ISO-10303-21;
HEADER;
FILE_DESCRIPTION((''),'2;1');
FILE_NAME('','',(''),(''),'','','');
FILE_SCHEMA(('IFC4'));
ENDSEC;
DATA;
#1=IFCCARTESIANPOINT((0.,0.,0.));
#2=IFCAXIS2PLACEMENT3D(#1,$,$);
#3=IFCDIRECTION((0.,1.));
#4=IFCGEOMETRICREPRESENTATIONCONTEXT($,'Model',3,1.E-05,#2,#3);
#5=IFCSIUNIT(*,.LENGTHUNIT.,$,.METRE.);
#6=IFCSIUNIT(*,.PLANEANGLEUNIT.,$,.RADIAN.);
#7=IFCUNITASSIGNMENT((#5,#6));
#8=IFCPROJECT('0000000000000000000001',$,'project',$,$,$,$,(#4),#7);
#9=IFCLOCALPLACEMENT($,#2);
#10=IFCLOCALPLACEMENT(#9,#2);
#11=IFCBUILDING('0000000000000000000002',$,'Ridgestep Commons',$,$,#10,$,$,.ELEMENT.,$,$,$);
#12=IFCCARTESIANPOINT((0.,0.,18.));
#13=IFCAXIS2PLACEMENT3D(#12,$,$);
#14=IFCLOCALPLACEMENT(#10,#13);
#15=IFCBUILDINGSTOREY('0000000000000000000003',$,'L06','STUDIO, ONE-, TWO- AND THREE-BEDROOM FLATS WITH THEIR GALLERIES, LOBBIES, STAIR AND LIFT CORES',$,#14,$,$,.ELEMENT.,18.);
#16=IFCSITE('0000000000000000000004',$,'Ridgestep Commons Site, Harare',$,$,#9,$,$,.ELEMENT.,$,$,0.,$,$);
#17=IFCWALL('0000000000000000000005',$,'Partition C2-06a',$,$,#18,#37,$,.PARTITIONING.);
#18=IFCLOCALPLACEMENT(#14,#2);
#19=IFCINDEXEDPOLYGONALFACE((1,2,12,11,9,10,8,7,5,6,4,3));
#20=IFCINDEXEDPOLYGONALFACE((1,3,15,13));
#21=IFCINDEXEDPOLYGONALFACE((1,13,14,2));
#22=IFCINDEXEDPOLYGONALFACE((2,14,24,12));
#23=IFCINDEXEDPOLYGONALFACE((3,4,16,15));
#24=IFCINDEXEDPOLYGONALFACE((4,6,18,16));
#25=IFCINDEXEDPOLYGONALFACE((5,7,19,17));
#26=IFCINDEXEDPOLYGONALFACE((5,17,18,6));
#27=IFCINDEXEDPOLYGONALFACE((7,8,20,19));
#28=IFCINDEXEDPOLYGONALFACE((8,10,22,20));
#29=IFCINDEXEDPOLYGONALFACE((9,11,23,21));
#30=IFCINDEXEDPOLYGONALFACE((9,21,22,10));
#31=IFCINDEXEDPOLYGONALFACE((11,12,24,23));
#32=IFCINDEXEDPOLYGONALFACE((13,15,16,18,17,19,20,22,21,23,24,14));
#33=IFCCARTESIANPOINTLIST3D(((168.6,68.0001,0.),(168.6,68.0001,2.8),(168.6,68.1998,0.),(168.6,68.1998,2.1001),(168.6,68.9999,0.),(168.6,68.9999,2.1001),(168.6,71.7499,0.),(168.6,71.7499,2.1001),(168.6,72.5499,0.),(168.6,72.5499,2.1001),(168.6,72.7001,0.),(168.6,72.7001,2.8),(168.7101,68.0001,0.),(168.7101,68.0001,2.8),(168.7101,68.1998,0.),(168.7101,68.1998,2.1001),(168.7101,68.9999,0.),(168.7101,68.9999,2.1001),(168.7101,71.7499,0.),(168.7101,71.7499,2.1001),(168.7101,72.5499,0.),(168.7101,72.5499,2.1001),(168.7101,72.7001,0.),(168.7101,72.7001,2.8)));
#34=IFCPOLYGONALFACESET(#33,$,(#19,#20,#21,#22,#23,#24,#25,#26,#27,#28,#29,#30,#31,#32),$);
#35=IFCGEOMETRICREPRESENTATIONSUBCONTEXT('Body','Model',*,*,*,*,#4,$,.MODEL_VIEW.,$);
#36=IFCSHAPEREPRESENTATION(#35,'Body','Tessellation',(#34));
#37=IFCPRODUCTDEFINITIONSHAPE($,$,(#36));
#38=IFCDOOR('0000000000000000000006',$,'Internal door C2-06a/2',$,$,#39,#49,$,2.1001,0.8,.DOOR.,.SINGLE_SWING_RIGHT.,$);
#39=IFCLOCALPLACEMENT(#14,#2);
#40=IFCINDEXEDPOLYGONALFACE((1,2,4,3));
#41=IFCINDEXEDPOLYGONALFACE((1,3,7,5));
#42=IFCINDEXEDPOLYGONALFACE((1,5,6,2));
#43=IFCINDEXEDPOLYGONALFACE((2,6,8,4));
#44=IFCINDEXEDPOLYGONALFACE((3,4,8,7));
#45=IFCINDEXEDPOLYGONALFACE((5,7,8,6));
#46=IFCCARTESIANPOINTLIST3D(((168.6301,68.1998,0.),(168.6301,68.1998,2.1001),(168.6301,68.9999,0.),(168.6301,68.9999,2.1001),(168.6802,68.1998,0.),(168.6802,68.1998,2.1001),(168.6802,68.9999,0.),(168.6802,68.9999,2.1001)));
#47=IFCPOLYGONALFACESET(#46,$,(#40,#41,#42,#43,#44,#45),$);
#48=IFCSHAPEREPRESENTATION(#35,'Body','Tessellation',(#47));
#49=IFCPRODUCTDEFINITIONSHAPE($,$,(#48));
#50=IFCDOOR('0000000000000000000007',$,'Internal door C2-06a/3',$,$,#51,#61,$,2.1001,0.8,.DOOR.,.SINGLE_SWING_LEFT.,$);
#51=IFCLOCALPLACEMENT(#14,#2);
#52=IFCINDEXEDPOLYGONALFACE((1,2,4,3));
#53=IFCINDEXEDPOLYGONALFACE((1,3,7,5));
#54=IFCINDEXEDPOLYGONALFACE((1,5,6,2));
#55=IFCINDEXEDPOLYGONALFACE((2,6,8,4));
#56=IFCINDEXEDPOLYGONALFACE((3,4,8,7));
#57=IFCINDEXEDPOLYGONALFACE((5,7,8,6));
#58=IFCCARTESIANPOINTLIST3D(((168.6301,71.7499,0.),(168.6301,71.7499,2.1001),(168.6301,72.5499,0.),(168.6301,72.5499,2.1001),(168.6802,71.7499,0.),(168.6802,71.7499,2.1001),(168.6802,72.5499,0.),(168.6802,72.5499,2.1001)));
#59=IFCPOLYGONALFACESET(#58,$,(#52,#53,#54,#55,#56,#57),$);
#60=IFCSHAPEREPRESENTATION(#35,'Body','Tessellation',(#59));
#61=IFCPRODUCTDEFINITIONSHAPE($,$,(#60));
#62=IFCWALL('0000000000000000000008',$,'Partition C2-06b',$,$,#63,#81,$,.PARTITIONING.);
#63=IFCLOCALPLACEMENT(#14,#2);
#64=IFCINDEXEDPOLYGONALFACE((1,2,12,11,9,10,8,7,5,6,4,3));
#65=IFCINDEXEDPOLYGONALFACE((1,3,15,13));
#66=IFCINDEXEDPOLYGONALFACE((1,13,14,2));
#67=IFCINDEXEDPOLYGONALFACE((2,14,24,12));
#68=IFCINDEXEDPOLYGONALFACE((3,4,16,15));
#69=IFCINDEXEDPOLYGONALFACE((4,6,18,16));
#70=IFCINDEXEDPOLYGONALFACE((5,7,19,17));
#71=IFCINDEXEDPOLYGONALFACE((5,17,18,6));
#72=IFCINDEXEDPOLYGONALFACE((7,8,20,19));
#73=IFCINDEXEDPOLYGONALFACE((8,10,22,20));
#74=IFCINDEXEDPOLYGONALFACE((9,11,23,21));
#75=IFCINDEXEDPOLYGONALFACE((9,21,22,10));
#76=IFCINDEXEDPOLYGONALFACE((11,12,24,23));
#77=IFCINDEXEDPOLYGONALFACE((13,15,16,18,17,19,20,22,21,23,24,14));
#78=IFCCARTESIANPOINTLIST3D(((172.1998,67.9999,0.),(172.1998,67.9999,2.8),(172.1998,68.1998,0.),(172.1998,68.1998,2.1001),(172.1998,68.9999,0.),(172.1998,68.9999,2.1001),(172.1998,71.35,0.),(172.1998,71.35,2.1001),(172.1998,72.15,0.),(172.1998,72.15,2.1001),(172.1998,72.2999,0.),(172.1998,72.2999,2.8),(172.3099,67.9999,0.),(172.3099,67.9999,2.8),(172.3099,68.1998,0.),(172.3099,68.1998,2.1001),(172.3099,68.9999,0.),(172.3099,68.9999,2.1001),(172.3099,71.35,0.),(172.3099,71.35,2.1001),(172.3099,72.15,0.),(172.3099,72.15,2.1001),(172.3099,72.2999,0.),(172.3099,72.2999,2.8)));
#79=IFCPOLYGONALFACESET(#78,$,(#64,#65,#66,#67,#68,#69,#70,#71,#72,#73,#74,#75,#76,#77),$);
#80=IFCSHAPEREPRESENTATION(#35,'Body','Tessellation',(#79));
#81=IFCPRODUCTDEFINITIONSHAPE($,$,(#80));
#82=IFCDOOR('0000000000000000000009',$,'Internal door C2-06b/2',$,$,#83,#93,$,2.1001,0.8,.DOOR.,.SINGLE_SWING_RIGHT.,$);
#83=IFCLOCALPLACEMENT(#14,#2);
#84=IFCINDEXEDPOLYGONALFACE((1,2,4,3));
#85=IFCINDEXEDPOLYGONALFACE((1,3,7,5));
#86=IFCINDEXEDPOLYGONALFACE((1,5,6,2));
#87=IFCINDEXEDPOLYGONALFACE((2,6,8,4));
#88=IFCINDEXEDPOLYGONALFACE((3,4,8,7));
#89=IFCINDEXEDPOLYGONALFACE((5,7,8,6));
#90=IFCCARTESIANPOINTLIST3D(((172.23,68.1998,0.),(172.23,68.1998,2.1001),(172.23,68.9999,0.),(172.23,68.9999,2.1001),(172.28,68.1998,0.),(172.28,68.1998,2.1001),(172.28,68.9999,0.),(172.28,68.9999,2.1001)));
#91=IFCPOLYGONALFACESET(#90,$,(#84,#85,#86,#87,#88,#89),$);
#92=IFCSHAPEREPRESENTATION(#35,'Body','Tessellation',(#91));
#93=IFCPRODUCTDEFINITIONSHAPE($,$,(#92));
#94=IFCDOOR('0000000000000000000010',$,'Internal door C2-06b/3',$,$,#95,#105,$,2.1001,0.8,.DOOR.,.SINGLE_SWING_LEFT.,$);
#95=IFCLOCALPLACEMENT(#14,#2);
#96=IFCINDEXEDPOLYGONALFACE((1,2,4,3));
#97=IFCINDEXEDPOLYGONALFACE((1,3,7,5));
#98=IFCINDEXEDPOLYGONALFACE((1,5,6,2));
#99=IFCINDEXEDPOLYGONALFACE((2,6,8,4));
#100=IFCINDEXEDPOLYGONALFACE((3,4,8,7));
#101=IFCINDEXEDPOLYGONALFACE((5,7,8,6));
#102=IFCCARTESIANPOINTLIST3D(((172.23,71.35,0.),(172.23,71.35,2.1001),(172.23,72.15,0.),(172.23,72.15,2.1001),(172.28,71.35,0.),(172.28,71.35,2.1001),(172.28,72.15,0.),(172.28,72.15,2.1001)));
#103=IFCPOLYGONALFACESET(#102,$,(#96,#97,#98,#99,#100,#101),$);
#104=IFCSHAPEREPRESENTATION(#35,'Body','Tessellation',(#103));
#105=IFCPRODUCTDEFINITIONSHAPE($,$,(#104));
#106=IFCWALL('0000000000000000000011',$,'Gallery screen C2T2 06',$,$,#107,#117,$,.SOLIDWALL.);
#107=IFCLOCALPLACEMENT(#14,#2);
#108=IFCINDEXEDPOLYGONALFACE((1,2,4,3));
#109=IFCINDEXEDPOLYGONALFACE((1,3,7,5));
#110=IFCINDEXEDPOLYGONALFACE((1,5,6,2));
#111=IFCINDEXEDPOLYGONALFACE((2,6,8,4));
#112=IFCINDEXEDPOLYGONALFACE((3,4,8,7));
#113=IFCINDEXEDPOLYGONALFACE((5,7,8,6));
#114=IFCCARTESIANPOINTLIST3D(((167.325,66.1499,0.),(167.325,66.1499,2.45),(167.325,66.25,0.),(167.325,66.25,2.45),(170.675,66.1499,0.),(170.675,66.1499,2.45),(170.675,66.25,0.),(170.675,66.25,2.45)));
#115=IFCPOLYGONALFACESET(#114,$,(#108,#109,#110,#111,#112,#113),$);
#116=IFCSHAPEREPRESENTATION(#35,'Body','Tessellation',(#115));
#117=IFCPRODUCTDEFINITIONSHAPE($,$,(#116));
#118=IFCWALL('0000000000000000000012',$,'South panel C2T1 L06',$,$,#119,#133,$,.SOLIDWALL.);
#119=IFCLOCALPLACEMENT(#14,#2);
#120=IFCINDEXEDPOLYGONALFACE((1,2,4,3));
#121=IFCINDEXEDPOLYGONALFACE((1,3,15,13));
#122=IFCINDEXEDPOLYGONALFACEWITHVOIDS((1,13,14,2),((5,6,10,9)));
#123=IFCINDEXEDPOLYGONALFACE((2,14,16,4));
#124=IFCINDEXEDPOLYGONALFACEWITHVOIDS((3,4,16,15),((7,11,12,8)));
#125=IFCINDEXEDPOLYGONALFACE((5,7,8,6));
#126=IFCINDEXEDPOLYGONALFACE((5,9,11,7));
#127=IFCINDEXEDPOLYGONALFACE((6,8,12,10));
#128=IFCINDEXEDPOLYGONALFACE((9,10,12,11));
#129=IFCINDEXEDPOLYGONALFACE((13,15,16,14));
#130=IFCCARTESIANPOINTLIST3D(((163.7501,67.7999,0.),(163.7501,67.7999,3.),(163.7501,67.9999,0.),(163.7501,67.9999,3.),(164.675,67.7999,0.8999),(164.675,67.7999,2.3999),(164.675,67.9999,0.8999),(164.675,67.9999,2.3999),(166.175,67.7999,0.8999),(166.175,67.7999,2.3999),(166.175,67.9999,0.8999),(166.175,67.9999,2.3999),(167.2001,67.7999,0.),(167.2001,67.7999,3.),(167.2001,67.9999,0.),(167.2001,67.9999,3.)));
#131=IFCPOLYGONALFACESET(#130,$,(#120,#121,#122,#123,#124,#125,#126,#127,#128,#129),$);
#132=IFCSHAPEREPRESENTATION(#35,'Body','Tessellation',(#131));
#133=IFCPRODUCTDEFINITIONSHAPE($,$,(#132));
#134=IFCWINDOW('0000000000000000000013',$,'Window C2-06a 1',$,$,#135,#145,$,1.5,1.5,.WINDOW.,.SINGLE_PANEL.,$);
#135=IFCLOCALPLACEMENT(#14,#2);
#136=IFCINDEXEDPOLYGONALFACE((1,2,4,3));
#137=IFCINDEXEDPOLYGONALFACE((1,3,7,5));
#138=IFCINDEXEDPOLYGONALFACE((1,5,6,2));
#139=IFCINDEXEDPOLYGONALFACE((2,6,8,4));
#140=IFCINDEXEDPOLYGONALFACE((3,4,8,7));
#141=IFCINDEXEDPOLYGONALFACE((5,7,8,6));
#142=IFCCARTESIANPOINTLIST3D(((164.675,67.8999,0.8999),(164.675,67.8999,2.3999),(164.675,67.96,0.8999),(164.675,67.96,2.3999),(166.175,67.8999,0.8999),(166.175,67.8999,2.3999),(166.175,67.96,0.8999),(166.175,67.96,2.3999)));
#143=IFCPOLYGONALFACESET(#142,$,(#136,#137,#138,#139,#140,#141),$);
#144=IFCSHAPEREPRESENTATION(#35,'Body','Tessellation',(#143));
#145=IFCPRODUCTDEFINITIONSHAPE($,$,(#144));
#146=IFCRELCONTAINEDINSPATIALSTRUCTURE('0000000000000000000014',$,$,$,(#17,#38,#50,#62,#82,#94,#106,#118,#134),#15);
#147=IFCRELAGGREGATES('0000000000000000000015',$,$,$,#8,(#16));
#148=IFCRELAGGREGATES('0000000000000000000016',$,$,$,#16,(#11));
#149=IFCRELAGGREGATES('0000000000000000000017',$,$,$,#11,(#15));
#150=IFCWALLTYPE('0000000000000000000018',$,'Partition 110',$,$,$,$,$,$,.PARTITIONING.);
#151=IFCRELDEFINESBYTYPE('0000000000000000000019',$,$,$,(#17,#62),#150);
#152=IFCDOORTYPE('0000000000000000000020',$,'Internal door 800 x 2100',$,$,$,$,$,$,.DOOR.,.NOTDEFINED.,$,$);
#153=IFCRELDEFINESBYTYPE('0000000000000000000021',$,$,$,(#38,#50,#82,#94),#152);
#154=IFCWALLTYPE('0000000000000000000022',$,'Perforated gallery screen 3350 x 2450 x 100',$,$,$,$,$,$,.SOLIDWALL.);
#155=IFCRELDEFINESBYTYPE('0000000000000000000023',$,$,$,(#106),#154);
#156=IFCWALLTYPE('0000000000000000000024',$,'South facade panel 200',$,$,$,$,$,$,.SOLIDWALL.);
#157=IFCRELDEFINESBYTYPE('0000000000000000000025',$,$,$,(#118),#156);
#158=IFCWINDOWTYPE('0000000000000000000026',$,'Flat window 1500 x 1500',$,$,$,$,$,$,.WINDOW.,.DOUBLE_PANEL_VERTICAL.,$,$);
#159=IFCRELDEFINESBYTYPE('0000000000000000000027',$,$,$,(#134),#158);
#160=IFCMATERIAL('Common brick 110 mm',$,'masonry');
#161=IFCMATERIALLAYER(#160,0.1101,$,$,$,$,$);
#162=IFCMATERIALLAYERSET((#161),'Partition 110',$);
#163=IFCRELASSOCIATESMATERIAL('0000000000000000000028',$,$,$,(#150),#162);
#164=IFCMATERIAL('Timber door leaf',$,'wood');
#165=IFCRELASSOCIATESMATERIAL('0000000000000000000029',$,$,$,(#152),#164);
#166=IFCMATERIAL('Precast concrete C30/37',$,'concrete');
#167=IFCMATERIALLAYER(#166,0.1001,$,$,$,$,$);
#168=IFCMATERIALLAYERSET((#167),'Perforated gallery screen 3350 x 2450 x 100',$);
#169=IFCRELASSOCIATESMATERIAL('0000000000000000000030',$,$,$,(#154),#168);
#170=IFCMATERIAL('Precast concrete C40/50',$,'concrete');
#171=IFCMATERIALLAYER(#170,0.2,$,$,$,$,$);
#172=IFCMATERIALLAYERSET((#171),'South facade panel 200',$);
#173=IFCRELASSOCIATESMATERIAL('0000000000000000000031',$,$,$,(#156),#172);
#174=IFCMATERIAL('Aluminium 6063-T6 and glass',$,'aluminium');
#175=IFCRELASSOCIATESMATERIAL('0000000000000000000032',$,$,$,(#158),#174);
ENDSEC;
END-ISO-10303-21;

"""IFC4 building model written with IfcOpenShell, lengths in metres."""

from ifc_helpers import new_model, si_unit, direction, frame, frame_2d, origin, place, context, subcontext, project, spatial, rectangle, extrude, material, layer, layer_set, type_object, element, fill, save


model = new_model("IFC4")

# Units and contexts
model_context = context("Model", 3, precision=1e-05, world=origin(), true_north=direction((0.0, 1.0)))
body_context = subcontext(model_context, "Body", "Model", "MODEL_VIEW")
ifc_project = project(units=[si_unit("LENGTHUNIT", "METRE"), si_unit("PLANEANGLEUNIT", "RADIAN")], contexts=[model_context])

# Site, building, storey
site_placement = place(None, origin())
site = spatial("IfcSite", under=ifc_project, at=site_placement, Name="Ridgestep Commons Site, Harare", CompositionType="ELEMENT", RefElevation=0.0)
building_placement = place(site_placement, origin())
building = spatial("IfcBuilding", under=site, at=building_placement, Name="Ridgestep Commons", CompositionType="ELEMENT")
storey_placement = place(building_placement, frame((0.0, 0.0, 18.0)))
storey = spatial("IfcBuildingStorey", under=building, at=storey_placement, Name="L06", Description="STUDIO, ONE-, TWO- AND THREE-BEDROOM FLATS WITH THEIR GALLERIES, LOBBIES, STAIR AND LIFT CORES", CompositionType="ELEMENT", Elevation=18.0)

# Walls, openings, doors
ifc_material_1 = material(Name="Common brick 110 mm", Category="masonry")
ifc_layer_1 = layer(ifc_material_1, 0.1101)
ifc_layer_set_1 = layer_set([ifc_layer_1], Name="Partition 110")
wall_type_1 = type_object("IfcWallType", Name="Partition 110", PredefinedType="PARTITIONING", material=ifc_layer_set_1)
wall_1_placement = place(storey_placement, frame((168.655, 68.0, 0.0), z_axis=(0.0, 0.0, 1.0), x_axis=(0.0, 1.0, 0.0)))
wall_1 = element("IfcWall", 1, at=wall_1_placement, inside=storey, type_object=wall_type_1, Name="Partition C2-06a", PredefinedType="PARTITIONING", context=body_context, shape_type="SweptSolid", body=[
    extrude(rectangle(XDim=4.7, YDim=0.1101, at=frame_2d((2.3501, 0.0))), origin(), (0.0, 0.0, 1.0), 2.8),
])
opening_1_placement = place(wall_1_placement, frame((0.2, 0.0, 0.0)))
opening_1 = element("IfcOpeningElement", 2, at=opening_1_placement, cuts=wall_1, PredefinedType="OPENING", context=body_context, shape_type="SweptSolid", body=[
    extrude(rectangle(XDim=0.8, YDim=2.1001, at=frame_2d((0.3999, 1.05))), frame((0.0, 0.0649, 0.0), z_axis=(0.0, -1.0, 0.0), x_axis=(1.0, 0.0, 0.0)), (0.0, 0.0, 1.0), 0.1301),
])
opening_2_placement = place(wall_1_placement, frame((3.75, 0.0, 0.0)))
opening_2 = element("IfcOpeningElement", 3, at=opening_2_placement, cuts=wall_1, PredefinedType="OPENING", context=body_context, shape_type="SweptSolid", body=[
    extrude(rectangle(XDim=0.8, YDim=2.1001, at=frame_2d((0.3999, 1.05))), frame((0.0, 0.0649, 0.0), z_axis=(0.0, -1.0, 0.0), x_axis=(1.0, 0.0, 0.0)), (0.0, 0.0, 1.0), 0.1301),
])
ifc_material_2 = material(Name="Timber door leaf", Category="wood")
door_type_1 = type_object("IfcDoorType", Name="Internal door 800 x 2100", OperationType="NOTDEFINED", PredefinedType="DOOR", material=ifc_material_2)
door_1_placement = place(opening_1_placement, origin())
door_1 = element("IfcDoor", 4, at=door_1_placement, inside=storey, type_object=door_type_1, Name="Internal door C2-06a/2", OperationType="SINGLE_SWING_RIGHT", OverallHeight=2.1001, OverallWidth=0.8, PredefinedType="DOOR", context=body_context, shape_type="SweptSolid", body=[
    extrude(rectangle(XDim=0.8, YDim=2.1001, at=frame_2d((0.3999, 1.05))), frame((0.0, 0.0249, 0.0), z_axis=(0.0, -1.0, 0.0), x_axis=(1.0, 0.0, 0.0)), (0.0, 0.0, 1.0), 0.05),
])
fill(opening_1, door_1)
door_2_placement = place(opening_2_placement, origin())
door_2 = element("IfcDoor", 5, at=door_2_placement, inside=storey, type_object=door_type_1, Name="Internal door C2-06a/3", OperationType="SINGLE_SWING_LEFT", OverallHeight=2.1001, OverallWidth=0.8, PredefinedType="DOOR", context=body_context, shape_type="SweptSolid", body=[
    extrude(rectangle(XDim=0.8, YDim=2.1001, at=frame_2d((0.3999, 1.05))), frame((0.0, 0.0249, 0.0), z_axis=(0.0, -1.0, 0.0), x_axis=(1.0, 0.0, 0.0)), (0.0, 0.0, 1.0), 0.05),
])
fill(opening_2, door_2)
wall_2_placement = place(storey_placement, frame((172.2549, 68.0, 0.0), z_axis=(0.0, 0.0, 1.0), x_axis=(0.0, 1.0, 0.0)))
wall_2 = element("IfcWall", 6, at=wall_2_placement, inside=storey, type_object=wall_type_1, Name="Partition C2-06b", PredefinedType="PARTITIONING", context=body_context, shape_type="SweptSolid", body=[
    extrude(rectangle(XDim=4.3, YDim=0.1101, at=frame_2d((2.1499, 0.0))), origin(), (0.0, 0.0, 1.0), 2.8),
])
opening_3_placement = place(wall_2_placement, frame((0.2, 0.0, 0.0)))
opening_3 = element("IfcOpeningElement", 7, at=opening_3_placement, cuts=wall_2, PredefinedType="OPENING", context=body_context, shape_type="SweptSolid", body=[
    extrude(rectangle(XDim=0.8, YDim=2.1001, at=frame_2d((0.3999, 1.05))), frame((0.0, 0.0649, 0.0), z_axis=(0.0, -1.0, 0.0), x_axis=(1.0, 0.0, 0.0)), (0.0, 0.0, 1.0), 0.1301),
])
opening_4_placement = place(wall_2_placement, frame((3.3501, 0.0, 0.0)))
opening_4 = element("IfcOpeningElement", 8, at=opening_4_placement, cuts=wall_2, PredefinedType="OPENING", context=body_context, shape_type="SweptSolid", body=[
    extrude(rectangle(XDim=0.8, YDim=2.1001, at=frame_2d((0.3999, 1.05))), frame((0.0, 0.0649, 0.0), z_axis=(0.0, -1.0, 0.0), x_axis=(1.0, 0.0, 0.0)), (0.0, 0.0, 1.0), 0.1301),
])
door_3_placement = place(opening_3_placement, origin())
door_3 = element("IfcDoor", 9, at=door_3_placement, inside=storey, type_object=door_type_1, Name="Internal door C2-06b/2", OperationType="SINGLE_SWING_RIGHT", OverallHeight=2.1001, OverallWidth=0.8, PredefinedType="DOOR", context=body_context, shape_type="SweptSolid", body=[
    extrude(rectangle(XDim=0.8, YDim=2.1001, at=frame_2d((0.3999, 1.05))), frame((0.0, 0.0249, 0.0), z_axis=(0.0, -1.0, 0.0), x_axis=(1.0, 0.0, 0.0)), (0.0, 0.0, 1.0), 0.05),
])
fill(opening_3, door_3)
door_4_placement = place(opening_4_placement, origin())
door_4 = element("IfcDoor", 10, at=door_4_placement, inside=storey, type_object=door_type_1, Name="Internal door C2-06b/3", OperationType="SINGLE_SWING_LEFT", OverallHeight=2.1001, OverallWidth=0.8, PredefinedType="DOOR", context=body_context, shape_type="SweptSolid", body=[
    extrude(rectangle(XDim=0.8, YDim=2.1001, at=frame_2d((0.3999, 1.05))), frame((0.0, 0.0249, 0.0), z_axis=(0.0, -1.0, 0.0), x_axis=(1.0, 0.0, 0.0)), (0.0, 0.0, 1.0), 0.05),
])
fill(opening_4, door_4)

# Wall
ifc_material_3 = material(Name="Precast concrete C30/37", Category="concrete")
ifc_layer_2 = layer(ifc_material_3, 0.1001)
ifc_layer_set_2 = layer_set([ifc_layer_2], Name="Perforated gallery screen 3350 x 2450 x 100")
wall_type_2 = type_object("IfcWallType", Name="Perforated gallery screen 3350 x 2450 x 100", PredefinedType="SOLIDWALL", material=ifc_layer_set_2)
wall_3_placement = place(storey_placement, frame((167.325, 66.2, 0.0), z_axis=(0.0, 0.0, 1.0), x_axis=(1.0, 0.0, 0.0)))
element("IfcWall", 11, at=wall_3_placement, inside=storey, type_object=wall_type_2, Name="Gallery screen C2T2 06", PredefinedType="SOLIDWALL", context=body_context, shape_type="SweptSolid", body=[
    extrude(rectangle(XDim=3.3501, YDim=0.1001, at=frame_2d((1.675, 0.0))), origin(), (0.0, 0.0, 1.0), 2.45),
])

# Wall, opening, window
ifc_material_4 = material(Name="Precast concrete C40/50", Category="concrete")
ifc_layer_3 = layer(ifc_material_4, 0.2)
ifc_layer_set_3 = layer_set([ifc_layer_3], Name="South facade panel 200")
wall_type_3 = type_object("IfcWallType", Name="South facade panel 200", PredefinedType="SOLIDWALL", material=ifc_layer_set_3)
wall_4_placement = place(storey_placement, frame((163.75, 67.8999, 0.0), z_axis=(0.0, 0.0, 1.0), x_axis=(1.0, 0.0, 0.0)))
wall_4 = element("IfcWall", 12, at=wall_4_placement, inside=storey, type_object=wall_type_3, Name="South panel C2T1 L06", PredefinedType="SOLIDWALL", context=body_context, shape_type="SweptSolid", body=[
    extrude(rectangle(XDim=3.45, YDim=0.2, at=frame_2d((1.7251, 0.0))), origin(), (0.0, 0.0, 1.0), 3.0),
])
opening_5_placement = place(wall_4_placement, frame((0.925, 0.0, 0.8999)))
opening_5 = element("IfcOpeningElement", 13, at=opening_5_placement, cuts=wall_4, PredefinedType="OPENING", context=body_context, shape_type="SweptSolid", body=[
    extrude(rectangle(XDim=1.5, YDim=1.5, at=frame_2d((0.75, 0.75))), frame((0.0, 0.1099, 0.0), z_axis=(0.0, -1.0, 0.0), x_axis=(1.0, 0.0, 0.0)), (0.0, 0.0, 1.0), 0.22),
])
ifc_material_5 = material(Name="Aluminium 6063-T6 and glass", Category="aluminium")
window_type_1 = type_object("IfcWindowType", Name="Flat window 1500 x 1500", PartitioningType="DOUBLE_PANEL_VERTICAL", PredefinedType="WINDOW", material=ifc_material_5)
window_1_placement = place(opening_5_placement, origin())
window_1 = element("IfcWindow", 14, at=window_1_placement, inside=storey, type_object=window_type_1, Name="Window C2-06a 1", OverallHeight=1.5, OverallWidth=1.5, PartitioningType="SINGLE_PANEL", PredefinedType="WINDOW", context=body_context, shape_type="SweptSolid", body=[
    extrude(rectangle(XDim=1.5, YDim=1.5, at=frame_2d((0.75, 0.75))), frame((0.0, 0.0601, 0.0), z_axis=(0.0, -1.0, 0.0), x_axis=(1.0, 0.0, 0.0)), (0.0, 0.0, 1.0), 0.0601),
])
fill(opening_5, window_1)

save(model, "model.ifc")
